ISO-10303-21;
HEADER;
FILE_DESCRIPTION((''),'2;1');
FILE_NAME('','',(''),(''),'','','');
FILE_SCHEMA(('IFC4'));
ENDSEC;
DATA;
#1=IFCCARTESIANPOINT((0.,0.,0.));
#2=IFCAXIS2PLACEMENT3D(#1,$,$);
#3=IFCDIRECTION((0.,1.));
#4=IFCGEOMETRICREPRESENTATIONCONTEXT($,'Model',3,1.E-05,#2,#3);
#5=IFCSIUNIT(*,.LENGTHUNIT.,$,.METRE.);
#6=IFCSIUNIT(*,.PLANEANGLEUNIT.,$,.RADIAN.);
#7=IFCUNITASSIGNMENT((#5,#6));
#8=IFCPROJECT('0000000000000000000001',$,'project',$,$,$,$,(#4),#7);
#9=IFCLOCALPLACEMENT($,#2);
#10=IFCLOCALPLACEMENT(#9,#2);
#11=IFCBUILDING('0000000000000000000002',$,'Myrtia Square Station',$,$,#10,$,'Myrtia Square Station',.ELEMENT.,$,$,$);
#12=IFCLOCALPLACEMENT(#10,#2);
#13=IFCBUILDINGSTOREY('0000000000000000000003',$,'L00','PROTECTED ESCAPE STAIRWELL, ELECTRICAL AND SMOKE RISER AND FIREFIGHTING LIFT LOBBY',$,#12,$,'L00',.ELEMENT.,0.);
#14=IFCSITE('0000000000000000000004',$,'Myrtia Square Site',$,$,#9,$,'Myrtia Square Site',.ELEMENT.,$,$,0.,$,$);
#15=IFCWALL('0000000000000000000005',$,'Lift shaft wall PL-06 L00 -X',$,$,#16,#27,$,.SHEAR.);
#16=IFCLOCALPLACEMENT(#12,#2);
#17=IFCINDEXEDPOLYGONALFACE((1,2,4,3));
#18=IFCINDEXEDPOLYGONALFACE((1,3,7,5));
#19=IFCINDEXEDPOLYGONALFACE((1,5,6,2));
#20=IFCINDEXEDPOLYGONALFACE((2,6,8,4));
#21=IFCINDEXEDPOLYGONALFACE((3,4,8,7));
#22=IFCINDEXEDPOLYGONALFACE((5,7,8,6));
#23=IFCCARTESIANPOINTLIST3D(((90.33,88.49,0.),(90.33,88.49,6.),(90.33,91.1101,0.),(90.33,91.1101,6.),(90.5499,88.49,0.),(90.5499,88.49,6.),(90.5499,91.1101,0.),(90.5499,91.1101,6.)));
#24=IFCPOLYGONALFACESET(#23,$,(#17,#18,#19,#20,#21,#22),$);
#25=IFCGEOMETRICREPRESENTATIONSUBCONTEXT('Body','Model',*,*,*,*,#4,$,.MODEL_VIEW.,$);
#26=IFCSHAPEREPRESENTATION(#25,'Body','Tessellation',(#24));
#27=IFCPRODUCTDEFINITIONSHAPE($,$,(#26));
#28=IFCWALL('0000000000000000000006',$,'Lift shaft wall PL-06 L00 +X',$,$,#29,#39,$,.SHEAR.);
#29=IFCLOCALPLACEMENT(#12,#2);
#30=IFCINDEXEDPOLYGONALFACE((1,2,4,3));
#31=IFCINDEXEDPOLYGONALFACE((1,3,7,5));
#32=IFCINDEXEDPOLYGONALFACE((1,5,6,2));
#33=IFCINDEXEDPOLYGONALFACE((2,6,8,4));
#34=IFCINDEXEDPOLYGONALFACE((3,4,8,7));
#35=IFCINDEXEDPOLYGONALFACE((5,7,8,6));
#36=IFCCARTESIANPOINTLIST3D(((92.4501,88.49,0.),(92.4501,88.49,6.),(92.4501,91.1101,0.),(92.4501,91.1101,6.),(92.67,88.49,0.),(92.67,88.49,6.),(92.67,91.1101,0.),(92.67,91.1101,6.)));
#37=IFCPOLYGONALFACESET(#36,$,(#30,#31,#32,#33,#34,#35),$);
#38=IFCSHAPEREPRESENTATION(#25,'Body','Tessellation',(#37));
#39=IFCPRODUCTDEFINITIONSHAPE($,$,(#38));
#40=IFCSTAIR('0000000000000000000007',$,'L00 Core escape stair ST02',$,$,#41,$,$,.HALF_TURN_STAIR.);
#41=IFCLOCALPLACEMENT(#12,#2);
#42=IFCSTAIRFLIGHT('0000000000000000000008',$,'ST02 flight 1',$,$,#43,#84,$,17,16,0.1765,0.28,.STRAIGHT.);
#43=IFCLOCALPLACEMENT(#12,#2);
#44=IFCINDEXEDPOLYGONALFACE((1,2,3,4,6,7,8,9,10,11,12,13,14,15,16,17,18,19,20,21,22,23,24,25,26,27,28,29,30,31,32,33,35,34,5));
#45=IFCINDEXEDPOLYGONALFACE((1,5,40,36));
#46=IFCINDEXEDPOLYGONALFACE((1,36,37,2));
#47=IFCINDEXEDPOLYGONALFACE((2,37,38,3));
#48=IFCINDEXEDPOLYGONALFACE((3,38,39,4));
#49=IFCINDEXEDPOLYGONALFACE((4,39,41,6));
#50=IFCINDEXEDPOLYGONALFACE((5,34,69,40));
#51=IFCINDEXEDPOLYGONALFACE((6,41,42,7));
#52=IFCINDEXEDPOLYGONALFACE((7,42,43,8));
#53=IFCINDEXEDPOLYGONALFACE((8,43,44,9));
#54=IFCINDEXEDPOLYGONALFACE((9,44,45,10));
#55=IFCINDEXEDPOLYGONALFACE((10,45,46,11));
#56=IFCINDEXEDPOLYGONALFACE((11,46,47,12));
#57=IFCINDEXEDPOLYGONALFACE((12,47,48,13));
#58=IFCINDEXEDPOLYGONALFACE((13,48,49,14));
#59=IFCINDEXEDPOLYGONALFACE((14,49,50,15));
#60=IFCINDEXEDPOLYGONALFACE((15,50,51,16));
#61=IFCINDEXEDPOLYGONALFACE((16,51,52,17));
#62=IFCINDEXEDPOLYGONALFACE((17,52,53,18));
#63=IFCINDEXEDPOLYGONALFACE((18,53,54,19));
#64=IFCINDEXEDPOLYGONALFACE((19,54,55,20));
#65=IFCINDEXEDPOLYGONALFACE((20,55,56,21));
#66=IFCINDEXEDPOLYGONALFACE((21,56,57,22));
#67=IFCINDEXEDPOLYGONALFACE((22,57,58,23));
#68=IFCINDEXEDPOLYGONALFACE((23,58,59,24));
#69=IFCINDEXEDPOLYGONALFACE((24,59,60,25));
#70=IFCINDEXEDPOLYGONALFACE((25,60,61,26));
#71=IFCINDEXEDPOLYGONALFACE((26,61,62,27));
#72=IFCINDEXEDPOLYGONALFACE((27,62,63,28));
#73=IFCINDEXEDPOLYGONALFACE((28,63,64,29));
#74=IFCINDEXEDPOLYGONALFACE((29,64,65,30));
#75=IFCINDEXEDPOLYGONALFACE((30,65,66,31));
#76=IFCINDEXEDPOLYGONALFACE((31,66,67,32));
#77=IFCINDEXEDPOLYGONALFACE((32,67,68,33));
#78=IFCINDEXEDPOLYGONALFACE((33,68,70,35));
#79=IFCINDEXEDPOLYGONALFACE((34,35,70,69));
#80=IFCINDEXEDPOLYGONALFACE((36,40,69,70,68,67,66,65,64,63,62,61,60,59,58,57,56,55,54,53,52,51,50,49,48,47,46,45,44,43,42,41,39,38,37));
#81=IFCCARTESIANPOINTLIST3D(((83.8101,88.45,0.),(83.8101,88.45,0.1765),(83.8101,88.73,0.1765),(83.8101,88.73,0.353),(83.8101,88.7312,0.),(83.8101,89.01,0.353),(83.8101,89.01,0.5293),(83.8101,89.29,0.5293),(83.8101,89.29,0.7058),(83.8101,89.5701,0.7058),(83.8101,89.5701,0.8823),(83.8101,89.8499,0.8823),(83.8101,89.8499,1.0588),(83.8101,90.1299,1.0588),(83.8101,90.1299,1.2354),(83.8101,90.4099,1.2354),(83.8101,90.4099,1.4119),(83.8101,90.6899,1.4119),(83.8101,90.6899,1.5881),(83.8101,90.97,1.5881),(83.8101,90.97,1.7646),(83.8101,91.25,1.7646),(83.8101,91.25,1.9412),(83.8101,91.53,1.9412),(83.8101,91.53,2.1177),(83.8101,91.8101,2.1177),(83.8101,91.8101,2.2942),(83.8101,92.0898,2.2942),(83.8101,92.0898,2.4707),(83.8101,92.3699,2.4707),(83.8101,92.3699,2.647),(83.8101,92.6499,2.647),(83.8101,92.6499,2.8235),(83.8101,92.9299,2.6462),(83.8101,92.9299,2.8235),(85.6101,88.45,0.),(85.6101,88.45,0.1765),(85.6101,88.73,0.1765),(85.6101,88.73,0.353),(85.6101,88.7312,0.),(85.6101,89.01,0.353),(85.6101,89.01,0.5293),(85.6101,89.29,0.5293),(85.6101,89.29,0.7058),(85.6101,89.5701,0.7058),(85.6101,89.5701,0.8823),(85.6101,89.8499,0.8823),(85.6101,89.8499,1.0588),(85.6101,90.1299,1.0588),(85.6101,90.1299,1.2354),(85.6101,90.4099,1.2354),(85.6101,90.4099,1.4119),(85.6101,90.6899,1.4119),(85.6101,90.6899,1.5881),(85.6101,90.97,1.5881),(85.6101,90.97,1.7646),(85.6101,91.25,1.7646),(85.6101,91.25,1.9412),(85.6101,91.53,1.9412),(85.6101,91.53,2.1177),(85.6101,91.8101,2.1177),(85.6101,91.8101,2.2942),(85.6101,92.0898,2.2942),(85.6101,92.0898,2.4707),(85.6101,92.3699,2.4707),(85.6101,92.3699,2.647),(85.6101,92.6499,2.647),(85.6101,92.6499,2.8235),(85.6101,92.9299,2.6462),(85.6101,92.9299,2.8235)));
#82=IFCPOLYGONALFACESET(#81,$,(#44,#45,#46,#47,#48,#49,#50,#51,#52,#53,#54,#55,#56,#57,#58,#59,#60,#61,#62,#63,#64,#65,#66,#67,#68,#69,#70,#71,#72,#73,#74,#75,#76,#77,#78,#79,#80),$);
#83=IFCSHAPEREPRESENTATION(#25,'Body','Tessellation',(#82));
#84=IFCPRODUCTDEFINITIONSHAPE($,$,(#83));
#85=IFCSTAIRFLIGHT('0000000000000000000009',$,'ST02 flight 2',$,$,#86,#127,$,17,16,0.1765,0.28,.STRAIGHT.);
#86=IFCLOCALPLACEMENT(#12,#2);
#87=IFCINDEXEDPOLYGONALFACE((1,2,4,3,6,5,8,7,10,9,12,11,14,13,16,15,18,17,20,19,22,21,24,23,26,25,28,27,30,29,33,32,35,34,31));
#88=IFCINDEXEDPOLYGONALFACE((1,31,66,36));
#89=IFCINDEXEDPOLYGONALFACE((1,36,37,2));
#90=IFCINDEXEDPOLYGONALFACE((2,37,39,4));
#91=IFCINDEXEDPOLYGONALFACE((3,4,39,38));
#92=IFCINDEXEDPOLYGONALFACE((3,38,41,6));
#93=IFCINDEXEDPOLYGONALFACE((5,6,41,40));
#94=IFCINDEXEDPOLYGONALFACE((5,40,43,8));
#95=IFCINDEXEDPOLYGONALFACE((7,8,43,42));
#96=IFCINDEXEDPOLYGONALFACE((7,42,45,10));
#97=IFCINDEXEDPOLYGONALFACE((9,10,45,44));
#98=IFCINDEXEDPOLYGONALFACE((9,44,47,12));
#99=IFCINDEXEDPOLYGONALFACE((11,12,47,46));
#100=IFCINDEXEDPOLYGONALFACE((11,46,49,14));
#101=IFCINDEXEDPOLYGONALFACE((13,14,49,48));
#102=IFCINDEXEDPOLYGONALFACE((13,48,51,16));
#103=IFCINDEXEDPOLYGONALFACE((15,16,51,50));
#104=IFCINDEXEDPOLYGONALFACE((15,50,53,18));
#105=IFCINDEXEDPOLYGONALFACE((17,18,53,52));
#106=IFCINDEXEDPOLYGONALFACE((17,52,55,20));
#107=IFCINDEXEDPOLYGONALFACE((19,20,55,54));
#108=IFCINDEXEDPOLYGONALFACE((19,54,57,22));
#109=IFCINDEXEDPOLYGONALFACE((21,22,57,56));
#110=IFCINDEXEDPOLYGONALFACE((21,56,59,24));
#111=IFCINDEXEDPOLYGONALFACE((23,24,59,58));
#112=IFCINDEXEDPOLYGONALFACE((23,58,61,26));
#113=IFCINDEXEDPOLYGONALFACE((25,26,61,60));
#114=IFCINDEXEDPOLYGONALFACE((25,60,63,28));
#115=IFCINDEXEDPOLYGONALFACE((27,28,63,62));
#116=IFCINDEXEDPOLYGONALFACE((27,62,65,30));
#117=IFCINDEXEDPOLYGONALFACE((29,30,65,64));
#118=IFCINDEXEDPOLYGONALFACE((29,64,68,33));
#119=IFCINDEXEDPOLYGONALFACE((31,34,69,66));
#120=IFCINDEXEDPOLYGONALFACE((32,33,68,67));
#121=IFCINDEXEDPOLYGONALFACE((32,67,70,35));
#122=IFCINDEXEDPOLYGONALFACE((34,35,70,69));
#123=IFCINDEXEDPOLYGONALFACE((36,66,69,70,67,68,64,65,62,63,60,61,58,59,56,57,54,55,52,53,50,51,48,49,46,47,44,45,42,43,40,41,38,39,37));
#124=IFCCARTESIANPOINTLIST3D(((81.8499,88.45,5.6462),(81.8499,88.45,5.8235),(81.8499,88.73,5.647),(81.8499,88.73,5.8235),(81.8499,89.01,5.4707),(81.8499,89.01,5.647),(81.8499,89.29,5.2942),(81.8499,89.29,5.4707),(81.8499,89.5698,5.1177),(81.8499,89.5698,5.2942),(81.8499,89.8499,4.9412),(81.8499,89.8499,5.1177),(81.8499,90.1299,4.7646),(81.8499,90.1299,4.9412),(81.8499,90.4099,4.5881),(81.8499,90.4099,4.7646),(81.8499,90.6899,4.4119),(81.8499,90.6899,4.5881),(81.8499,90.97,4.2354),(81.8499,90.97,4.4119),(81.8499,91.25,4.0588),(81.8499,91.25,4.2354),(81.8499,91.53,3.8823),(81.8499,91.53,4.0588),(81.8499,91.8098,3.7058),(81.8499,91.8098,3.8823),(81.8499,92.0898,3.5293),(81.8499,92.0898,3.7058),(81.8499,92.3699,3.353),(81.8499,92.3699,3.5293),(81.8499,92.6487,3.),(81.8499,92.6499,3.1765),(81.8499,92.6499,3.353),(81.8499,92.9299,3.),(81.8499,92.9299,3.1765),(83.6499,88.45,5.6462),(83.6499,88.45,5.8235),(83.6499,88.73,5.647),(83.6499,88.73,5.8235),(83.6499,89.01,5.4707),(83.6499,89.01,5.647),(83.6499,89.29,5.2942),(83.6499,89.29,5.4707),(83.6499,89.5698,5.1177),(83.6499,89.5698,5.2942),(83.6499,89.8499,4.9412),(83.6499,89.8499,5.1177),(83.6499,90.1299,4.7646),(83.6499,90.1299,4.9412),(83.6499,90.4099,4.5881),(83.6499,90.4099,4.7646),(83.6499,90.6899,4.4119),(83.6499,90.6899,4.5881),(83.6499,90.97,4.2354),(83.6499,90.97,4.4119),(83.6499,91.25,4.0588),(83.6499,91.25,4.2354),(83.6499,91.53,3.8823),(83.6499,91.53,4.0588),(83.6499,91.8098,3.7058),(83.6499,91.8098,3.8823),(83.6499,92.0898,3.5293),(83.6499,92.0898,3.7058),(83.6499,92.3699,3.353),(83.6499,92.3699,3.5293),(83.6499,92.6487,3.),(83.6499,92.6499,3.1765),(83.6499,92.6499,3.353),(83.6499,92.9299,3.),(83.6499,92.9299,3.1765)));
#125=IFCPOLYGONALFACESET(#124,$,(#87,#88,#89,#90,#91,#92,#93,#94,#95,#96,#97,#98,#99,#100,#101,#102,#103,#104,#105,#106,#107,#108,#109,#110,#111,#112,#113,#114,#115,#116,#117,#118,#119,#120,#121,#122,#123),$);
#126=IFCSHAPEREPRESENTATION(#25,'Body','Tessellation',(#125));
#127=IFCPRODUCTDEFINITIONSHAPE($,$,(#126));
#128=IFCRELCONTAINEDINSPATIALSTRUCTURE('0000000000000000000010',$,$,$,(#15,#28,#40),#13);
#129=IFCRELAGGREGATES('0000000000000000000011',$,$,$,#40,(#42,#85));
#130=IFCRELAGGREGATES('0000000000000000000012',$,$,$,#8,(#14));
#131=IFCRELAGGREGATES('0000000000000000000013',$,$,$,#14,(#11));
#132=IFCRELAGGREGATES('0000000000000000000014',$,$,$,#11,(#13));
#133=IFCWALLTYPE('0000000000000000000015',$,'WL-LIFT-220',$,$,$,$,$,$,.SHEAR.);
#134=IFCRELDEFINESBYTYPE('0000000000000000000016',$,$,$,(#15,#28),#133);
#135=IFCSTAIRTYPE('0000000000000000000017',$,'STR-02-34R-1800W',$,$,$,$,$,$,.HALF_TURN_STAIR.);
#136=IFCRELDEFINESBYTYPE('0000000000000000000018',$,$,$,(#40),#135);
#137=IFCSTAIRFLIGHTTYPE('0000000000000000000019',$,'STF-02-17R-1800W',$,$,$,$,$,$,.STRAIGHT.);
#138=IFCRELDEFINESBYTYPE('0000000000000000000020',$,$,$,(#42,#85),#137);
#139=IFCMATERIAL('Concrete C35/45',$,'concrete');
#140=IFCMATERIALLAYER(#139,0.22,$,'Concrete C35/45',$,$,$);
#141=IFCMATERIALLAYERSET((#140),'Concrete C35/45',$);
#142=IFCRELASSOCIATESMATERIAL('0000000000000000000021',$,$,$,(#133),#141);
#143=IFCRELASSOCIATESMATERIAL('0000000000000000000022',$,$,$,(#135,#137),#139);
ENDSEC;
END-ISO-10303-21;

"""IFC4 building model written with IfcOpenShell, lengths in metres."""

from ifc_helpers import new_model, si_unit, direction, frame, frame_2d, origin, place, context, subcontext, project, spatial, polyline, rectangle, outline, extrude, material, layer, layer_set, type_object, element, aggregate, save


model = new_model("IFC4")

# Units and contexts
model_context = context("Model", 3, precision=1e-05, world=origin(), true_north=direction((0.0, 1.0)))
body_context = subcontext(model_context, "Body", "Model", "MODEL_VIEW")
ifc_project = project(units=[si_unit("LENGTHUNIT", "METRE"), si_unit("PLANEANGLEUNIT", "RADIAN")], contexts=[model_context])

# Site, building, storey
site_placement = place(None, origin())
site = spatial("IfcSite", under=ifc_project, at=site_placement, Name="Myrtia Square Site", LongName="Myrtia Square Site", CompositionType="ELEMENT", RefElevation=0.0)
building_placement = place(site_placement, origin())
building = spatial("IfcBuilding", under=site, at=building_placement, Name="Myrtia Square Station", LongName="Myrtia Square Station", CompositionType="ELEMENT")
storey_placement = place(building_placement, origin())
storey = spatial("IfcBuildingStorey", under=building, at=storey_placement, Name="L00", Description="PROTECTED ESCAPE STAIRWELL, ELECTRICAL AND SMOKE RISER AND FIREFIGHTING LIFT LOBBY", LongName="L00", CompositionType="ELEMENT", Elevation=0.0)

# Shared definitions
ifc_material_1 = material(Name="Concrete C35/45", Category="concrete")

# Shared definitions
ifc_layer_1 = layer(ifc_material_1, 0.22, Name="Concrete C35/45")
ifc_layer_set_1 = layer_set([ifc_layer_1], Name="Concrete C35/45")
wall_type_1 = type_object("IfcWallType", Name="WL-LIFT-220", PredefinedType="SHEAR", material=ifc_layer_set_1)

# Walls
for number, where, z_axis, x_axis, name in (
    (1, (90.4399, 88.49, 0.0), (0.0, 0.0, 1.0), (0.0, 1.0, 0.0), "Lift shaft wall PL-06 L00 -X"),
    (2, (92.5601, 88.49, 0.0), (0.0, 0.0, 1.0), (0.0, 1.0, 0.0), "Lift shaft wall PL-06 L00 +X"),
):
    element("IfcWall", number, at=place(storey_placement, frame(where, z_axis=z_axis, x_axis=x_axis)), inside=storey, type_object=wall_type_1, Name=name, PredefinedType="SHEAR", context=body_context, shape_type="SweptSolid", body=[
        extrude(rectangle(XDim=2.6201, YDim=0.22, at=frame_2d((1.3101, 0.0))), origin(), (0.0, 0.0, 1.0), 6.0),
    ])

# Stair, stair flights
stair_type = type_object("IfcStairType", Name="STR-02-34R-1800W", PredefinedType="HALF_TURN_STAIR", material=ifc_material_1)
stair_placement = place(storey_placement, origin())
stair = element("IfcStair", 3, at=stair_placement, inside=storey, type_object=stair_type, Name="L00 Core escape stair ST02", PredefinedType="HALF_TURN_STAIR")
stair_flight_type = type_object("IfcStairFlightType", Name="STF-02-17R-1800W", PredefinedType="STRAIGHT", material=ifc_material_1)
stair_flight_1_placement = place(storey_placement, frame((84.71, 88.45, 0.0), z_axis=(0.0, 0.0, 1.0), x_axis=(0.0, 1.0, 0.0)))
stair_flight_1 = element("IfcStairFlight", 4, at=stair_flight_1_placement, type_object=stair_flight_type, Name="ST02 flight 1", NumberOfRisers=17, NumberOfTreads=16, PredefinedType="STRAIGHT", RiserHeight=0.1765, TreadLength=0.28, context=body_context, shape_type="SweptSolid", body=[
    extrude(outline(polyline([(0.0, 0.0), (0.0, 0.1765), (0.28, 0.1765), (0.28, 0.353), (0.5601, 0.353), (0.5601, 0.5293), (0.8401, 0.5293), (0.8401, 0.7058), (1.1201, 0.7058), (1.1201, 0.8823), (1.3999, 0.8823), (1.3999, 1.0588), (1.6799, 1.0588), (1.6799, 1.2354), (1.96, 1.2354), (1.96, 1.4119), (2.24, 1.4119), (2.24, 1.5881), (2.52, 1.5881), (2.52, 1.7646), (2.8, 1.7646), (2.8, 1.9412), (3.0801, 1.9412), (3.0801, 2.1177), (3.3601, 2.1177), (3.3601, 2.2942), (3.6399, 2.2942), (3.6399, 2.4707), (3.9199, 2.4707), (3.9199, 2.647), (4.2, 2.647), (4.2, 2.8235), (4.48, 2.8235), (4.48, 3.0), (4.48, 2.6462), (0.2812, 0.0), (0.0, 0.0)])), frame((0.0, 0.8999, 0.0), z_axis=(0.0, -1.0, 0.0), x_axis=(1.0, 0.0, 0.0)), (0.0, 0.0, 1.0), 1.8),
])
stair_flight_2_placement = place(storey_placement, frame((82.75, 92.9299, 3.0), z_axis=(0.0, 0.0, 1.0), x_axis=(0.0, -1.0, 0.0)))
stair_flight_2 = element("IfcStairFlight", 5, at=stair_flight_2_placement, type_object=stair_flight_type, Name="ST02 flight 2", NumberOfRisers=17, NumberOfTreads=16, PredefinedType="STRAIGHT", RiserHeight=0.1765, TreadLength=0.28, context=body_context, shape_type="SweptSolid", body=[
    extrude(outline(polyline([(0.0, 0.0), (0.0, 0.1765), (0.28, 0.1765), (0.28, 0.353), (0.5601, 0.353), (0.5601, 0.5293), (0.8401, 0.5293), (0.8401, 0.7058), (1.1201, 0.7058), (1.1201, 0.8823), (1.3999, 0.8823), (1.3999, 1.0588), (1.6799, 1.0588), (1.6799, 1.2354), (1.96, 1.2354), (1.96, 1.4119), (2.24, 1.4119), (2.24, 1.5881), (2.52, 1.5881), (2.52, 1.7646), (2.8, 1.7646), (2.8, 1.9412), (3.0801, 1.9412), (3.0801, 2.1177), (3.3601, 2.1177), (3.3601, 2.2942), (3.6399, 2.2942), (3.6399, 2.4707), (3.9199, 2.4707), (3.9199, 2.647), (4.2, 2.647), (4.2, 2.8235), (4.48, 2.8235), (4.48, 3.0), (4.48, 2.6462), (0.2812, 0.0), (0.0, 0.0)])), frame((0.0, 0.8999, 0.0), z_axis=(0.0, -1.0, 0.0), x_axis=(1.0, 0.0, 0.0)), (0.0, 0.0, 1.0), 1.8),
])
aggregate(stair, [stair_flight_1, stair_flight_2])

save(model, "model.ifc")
